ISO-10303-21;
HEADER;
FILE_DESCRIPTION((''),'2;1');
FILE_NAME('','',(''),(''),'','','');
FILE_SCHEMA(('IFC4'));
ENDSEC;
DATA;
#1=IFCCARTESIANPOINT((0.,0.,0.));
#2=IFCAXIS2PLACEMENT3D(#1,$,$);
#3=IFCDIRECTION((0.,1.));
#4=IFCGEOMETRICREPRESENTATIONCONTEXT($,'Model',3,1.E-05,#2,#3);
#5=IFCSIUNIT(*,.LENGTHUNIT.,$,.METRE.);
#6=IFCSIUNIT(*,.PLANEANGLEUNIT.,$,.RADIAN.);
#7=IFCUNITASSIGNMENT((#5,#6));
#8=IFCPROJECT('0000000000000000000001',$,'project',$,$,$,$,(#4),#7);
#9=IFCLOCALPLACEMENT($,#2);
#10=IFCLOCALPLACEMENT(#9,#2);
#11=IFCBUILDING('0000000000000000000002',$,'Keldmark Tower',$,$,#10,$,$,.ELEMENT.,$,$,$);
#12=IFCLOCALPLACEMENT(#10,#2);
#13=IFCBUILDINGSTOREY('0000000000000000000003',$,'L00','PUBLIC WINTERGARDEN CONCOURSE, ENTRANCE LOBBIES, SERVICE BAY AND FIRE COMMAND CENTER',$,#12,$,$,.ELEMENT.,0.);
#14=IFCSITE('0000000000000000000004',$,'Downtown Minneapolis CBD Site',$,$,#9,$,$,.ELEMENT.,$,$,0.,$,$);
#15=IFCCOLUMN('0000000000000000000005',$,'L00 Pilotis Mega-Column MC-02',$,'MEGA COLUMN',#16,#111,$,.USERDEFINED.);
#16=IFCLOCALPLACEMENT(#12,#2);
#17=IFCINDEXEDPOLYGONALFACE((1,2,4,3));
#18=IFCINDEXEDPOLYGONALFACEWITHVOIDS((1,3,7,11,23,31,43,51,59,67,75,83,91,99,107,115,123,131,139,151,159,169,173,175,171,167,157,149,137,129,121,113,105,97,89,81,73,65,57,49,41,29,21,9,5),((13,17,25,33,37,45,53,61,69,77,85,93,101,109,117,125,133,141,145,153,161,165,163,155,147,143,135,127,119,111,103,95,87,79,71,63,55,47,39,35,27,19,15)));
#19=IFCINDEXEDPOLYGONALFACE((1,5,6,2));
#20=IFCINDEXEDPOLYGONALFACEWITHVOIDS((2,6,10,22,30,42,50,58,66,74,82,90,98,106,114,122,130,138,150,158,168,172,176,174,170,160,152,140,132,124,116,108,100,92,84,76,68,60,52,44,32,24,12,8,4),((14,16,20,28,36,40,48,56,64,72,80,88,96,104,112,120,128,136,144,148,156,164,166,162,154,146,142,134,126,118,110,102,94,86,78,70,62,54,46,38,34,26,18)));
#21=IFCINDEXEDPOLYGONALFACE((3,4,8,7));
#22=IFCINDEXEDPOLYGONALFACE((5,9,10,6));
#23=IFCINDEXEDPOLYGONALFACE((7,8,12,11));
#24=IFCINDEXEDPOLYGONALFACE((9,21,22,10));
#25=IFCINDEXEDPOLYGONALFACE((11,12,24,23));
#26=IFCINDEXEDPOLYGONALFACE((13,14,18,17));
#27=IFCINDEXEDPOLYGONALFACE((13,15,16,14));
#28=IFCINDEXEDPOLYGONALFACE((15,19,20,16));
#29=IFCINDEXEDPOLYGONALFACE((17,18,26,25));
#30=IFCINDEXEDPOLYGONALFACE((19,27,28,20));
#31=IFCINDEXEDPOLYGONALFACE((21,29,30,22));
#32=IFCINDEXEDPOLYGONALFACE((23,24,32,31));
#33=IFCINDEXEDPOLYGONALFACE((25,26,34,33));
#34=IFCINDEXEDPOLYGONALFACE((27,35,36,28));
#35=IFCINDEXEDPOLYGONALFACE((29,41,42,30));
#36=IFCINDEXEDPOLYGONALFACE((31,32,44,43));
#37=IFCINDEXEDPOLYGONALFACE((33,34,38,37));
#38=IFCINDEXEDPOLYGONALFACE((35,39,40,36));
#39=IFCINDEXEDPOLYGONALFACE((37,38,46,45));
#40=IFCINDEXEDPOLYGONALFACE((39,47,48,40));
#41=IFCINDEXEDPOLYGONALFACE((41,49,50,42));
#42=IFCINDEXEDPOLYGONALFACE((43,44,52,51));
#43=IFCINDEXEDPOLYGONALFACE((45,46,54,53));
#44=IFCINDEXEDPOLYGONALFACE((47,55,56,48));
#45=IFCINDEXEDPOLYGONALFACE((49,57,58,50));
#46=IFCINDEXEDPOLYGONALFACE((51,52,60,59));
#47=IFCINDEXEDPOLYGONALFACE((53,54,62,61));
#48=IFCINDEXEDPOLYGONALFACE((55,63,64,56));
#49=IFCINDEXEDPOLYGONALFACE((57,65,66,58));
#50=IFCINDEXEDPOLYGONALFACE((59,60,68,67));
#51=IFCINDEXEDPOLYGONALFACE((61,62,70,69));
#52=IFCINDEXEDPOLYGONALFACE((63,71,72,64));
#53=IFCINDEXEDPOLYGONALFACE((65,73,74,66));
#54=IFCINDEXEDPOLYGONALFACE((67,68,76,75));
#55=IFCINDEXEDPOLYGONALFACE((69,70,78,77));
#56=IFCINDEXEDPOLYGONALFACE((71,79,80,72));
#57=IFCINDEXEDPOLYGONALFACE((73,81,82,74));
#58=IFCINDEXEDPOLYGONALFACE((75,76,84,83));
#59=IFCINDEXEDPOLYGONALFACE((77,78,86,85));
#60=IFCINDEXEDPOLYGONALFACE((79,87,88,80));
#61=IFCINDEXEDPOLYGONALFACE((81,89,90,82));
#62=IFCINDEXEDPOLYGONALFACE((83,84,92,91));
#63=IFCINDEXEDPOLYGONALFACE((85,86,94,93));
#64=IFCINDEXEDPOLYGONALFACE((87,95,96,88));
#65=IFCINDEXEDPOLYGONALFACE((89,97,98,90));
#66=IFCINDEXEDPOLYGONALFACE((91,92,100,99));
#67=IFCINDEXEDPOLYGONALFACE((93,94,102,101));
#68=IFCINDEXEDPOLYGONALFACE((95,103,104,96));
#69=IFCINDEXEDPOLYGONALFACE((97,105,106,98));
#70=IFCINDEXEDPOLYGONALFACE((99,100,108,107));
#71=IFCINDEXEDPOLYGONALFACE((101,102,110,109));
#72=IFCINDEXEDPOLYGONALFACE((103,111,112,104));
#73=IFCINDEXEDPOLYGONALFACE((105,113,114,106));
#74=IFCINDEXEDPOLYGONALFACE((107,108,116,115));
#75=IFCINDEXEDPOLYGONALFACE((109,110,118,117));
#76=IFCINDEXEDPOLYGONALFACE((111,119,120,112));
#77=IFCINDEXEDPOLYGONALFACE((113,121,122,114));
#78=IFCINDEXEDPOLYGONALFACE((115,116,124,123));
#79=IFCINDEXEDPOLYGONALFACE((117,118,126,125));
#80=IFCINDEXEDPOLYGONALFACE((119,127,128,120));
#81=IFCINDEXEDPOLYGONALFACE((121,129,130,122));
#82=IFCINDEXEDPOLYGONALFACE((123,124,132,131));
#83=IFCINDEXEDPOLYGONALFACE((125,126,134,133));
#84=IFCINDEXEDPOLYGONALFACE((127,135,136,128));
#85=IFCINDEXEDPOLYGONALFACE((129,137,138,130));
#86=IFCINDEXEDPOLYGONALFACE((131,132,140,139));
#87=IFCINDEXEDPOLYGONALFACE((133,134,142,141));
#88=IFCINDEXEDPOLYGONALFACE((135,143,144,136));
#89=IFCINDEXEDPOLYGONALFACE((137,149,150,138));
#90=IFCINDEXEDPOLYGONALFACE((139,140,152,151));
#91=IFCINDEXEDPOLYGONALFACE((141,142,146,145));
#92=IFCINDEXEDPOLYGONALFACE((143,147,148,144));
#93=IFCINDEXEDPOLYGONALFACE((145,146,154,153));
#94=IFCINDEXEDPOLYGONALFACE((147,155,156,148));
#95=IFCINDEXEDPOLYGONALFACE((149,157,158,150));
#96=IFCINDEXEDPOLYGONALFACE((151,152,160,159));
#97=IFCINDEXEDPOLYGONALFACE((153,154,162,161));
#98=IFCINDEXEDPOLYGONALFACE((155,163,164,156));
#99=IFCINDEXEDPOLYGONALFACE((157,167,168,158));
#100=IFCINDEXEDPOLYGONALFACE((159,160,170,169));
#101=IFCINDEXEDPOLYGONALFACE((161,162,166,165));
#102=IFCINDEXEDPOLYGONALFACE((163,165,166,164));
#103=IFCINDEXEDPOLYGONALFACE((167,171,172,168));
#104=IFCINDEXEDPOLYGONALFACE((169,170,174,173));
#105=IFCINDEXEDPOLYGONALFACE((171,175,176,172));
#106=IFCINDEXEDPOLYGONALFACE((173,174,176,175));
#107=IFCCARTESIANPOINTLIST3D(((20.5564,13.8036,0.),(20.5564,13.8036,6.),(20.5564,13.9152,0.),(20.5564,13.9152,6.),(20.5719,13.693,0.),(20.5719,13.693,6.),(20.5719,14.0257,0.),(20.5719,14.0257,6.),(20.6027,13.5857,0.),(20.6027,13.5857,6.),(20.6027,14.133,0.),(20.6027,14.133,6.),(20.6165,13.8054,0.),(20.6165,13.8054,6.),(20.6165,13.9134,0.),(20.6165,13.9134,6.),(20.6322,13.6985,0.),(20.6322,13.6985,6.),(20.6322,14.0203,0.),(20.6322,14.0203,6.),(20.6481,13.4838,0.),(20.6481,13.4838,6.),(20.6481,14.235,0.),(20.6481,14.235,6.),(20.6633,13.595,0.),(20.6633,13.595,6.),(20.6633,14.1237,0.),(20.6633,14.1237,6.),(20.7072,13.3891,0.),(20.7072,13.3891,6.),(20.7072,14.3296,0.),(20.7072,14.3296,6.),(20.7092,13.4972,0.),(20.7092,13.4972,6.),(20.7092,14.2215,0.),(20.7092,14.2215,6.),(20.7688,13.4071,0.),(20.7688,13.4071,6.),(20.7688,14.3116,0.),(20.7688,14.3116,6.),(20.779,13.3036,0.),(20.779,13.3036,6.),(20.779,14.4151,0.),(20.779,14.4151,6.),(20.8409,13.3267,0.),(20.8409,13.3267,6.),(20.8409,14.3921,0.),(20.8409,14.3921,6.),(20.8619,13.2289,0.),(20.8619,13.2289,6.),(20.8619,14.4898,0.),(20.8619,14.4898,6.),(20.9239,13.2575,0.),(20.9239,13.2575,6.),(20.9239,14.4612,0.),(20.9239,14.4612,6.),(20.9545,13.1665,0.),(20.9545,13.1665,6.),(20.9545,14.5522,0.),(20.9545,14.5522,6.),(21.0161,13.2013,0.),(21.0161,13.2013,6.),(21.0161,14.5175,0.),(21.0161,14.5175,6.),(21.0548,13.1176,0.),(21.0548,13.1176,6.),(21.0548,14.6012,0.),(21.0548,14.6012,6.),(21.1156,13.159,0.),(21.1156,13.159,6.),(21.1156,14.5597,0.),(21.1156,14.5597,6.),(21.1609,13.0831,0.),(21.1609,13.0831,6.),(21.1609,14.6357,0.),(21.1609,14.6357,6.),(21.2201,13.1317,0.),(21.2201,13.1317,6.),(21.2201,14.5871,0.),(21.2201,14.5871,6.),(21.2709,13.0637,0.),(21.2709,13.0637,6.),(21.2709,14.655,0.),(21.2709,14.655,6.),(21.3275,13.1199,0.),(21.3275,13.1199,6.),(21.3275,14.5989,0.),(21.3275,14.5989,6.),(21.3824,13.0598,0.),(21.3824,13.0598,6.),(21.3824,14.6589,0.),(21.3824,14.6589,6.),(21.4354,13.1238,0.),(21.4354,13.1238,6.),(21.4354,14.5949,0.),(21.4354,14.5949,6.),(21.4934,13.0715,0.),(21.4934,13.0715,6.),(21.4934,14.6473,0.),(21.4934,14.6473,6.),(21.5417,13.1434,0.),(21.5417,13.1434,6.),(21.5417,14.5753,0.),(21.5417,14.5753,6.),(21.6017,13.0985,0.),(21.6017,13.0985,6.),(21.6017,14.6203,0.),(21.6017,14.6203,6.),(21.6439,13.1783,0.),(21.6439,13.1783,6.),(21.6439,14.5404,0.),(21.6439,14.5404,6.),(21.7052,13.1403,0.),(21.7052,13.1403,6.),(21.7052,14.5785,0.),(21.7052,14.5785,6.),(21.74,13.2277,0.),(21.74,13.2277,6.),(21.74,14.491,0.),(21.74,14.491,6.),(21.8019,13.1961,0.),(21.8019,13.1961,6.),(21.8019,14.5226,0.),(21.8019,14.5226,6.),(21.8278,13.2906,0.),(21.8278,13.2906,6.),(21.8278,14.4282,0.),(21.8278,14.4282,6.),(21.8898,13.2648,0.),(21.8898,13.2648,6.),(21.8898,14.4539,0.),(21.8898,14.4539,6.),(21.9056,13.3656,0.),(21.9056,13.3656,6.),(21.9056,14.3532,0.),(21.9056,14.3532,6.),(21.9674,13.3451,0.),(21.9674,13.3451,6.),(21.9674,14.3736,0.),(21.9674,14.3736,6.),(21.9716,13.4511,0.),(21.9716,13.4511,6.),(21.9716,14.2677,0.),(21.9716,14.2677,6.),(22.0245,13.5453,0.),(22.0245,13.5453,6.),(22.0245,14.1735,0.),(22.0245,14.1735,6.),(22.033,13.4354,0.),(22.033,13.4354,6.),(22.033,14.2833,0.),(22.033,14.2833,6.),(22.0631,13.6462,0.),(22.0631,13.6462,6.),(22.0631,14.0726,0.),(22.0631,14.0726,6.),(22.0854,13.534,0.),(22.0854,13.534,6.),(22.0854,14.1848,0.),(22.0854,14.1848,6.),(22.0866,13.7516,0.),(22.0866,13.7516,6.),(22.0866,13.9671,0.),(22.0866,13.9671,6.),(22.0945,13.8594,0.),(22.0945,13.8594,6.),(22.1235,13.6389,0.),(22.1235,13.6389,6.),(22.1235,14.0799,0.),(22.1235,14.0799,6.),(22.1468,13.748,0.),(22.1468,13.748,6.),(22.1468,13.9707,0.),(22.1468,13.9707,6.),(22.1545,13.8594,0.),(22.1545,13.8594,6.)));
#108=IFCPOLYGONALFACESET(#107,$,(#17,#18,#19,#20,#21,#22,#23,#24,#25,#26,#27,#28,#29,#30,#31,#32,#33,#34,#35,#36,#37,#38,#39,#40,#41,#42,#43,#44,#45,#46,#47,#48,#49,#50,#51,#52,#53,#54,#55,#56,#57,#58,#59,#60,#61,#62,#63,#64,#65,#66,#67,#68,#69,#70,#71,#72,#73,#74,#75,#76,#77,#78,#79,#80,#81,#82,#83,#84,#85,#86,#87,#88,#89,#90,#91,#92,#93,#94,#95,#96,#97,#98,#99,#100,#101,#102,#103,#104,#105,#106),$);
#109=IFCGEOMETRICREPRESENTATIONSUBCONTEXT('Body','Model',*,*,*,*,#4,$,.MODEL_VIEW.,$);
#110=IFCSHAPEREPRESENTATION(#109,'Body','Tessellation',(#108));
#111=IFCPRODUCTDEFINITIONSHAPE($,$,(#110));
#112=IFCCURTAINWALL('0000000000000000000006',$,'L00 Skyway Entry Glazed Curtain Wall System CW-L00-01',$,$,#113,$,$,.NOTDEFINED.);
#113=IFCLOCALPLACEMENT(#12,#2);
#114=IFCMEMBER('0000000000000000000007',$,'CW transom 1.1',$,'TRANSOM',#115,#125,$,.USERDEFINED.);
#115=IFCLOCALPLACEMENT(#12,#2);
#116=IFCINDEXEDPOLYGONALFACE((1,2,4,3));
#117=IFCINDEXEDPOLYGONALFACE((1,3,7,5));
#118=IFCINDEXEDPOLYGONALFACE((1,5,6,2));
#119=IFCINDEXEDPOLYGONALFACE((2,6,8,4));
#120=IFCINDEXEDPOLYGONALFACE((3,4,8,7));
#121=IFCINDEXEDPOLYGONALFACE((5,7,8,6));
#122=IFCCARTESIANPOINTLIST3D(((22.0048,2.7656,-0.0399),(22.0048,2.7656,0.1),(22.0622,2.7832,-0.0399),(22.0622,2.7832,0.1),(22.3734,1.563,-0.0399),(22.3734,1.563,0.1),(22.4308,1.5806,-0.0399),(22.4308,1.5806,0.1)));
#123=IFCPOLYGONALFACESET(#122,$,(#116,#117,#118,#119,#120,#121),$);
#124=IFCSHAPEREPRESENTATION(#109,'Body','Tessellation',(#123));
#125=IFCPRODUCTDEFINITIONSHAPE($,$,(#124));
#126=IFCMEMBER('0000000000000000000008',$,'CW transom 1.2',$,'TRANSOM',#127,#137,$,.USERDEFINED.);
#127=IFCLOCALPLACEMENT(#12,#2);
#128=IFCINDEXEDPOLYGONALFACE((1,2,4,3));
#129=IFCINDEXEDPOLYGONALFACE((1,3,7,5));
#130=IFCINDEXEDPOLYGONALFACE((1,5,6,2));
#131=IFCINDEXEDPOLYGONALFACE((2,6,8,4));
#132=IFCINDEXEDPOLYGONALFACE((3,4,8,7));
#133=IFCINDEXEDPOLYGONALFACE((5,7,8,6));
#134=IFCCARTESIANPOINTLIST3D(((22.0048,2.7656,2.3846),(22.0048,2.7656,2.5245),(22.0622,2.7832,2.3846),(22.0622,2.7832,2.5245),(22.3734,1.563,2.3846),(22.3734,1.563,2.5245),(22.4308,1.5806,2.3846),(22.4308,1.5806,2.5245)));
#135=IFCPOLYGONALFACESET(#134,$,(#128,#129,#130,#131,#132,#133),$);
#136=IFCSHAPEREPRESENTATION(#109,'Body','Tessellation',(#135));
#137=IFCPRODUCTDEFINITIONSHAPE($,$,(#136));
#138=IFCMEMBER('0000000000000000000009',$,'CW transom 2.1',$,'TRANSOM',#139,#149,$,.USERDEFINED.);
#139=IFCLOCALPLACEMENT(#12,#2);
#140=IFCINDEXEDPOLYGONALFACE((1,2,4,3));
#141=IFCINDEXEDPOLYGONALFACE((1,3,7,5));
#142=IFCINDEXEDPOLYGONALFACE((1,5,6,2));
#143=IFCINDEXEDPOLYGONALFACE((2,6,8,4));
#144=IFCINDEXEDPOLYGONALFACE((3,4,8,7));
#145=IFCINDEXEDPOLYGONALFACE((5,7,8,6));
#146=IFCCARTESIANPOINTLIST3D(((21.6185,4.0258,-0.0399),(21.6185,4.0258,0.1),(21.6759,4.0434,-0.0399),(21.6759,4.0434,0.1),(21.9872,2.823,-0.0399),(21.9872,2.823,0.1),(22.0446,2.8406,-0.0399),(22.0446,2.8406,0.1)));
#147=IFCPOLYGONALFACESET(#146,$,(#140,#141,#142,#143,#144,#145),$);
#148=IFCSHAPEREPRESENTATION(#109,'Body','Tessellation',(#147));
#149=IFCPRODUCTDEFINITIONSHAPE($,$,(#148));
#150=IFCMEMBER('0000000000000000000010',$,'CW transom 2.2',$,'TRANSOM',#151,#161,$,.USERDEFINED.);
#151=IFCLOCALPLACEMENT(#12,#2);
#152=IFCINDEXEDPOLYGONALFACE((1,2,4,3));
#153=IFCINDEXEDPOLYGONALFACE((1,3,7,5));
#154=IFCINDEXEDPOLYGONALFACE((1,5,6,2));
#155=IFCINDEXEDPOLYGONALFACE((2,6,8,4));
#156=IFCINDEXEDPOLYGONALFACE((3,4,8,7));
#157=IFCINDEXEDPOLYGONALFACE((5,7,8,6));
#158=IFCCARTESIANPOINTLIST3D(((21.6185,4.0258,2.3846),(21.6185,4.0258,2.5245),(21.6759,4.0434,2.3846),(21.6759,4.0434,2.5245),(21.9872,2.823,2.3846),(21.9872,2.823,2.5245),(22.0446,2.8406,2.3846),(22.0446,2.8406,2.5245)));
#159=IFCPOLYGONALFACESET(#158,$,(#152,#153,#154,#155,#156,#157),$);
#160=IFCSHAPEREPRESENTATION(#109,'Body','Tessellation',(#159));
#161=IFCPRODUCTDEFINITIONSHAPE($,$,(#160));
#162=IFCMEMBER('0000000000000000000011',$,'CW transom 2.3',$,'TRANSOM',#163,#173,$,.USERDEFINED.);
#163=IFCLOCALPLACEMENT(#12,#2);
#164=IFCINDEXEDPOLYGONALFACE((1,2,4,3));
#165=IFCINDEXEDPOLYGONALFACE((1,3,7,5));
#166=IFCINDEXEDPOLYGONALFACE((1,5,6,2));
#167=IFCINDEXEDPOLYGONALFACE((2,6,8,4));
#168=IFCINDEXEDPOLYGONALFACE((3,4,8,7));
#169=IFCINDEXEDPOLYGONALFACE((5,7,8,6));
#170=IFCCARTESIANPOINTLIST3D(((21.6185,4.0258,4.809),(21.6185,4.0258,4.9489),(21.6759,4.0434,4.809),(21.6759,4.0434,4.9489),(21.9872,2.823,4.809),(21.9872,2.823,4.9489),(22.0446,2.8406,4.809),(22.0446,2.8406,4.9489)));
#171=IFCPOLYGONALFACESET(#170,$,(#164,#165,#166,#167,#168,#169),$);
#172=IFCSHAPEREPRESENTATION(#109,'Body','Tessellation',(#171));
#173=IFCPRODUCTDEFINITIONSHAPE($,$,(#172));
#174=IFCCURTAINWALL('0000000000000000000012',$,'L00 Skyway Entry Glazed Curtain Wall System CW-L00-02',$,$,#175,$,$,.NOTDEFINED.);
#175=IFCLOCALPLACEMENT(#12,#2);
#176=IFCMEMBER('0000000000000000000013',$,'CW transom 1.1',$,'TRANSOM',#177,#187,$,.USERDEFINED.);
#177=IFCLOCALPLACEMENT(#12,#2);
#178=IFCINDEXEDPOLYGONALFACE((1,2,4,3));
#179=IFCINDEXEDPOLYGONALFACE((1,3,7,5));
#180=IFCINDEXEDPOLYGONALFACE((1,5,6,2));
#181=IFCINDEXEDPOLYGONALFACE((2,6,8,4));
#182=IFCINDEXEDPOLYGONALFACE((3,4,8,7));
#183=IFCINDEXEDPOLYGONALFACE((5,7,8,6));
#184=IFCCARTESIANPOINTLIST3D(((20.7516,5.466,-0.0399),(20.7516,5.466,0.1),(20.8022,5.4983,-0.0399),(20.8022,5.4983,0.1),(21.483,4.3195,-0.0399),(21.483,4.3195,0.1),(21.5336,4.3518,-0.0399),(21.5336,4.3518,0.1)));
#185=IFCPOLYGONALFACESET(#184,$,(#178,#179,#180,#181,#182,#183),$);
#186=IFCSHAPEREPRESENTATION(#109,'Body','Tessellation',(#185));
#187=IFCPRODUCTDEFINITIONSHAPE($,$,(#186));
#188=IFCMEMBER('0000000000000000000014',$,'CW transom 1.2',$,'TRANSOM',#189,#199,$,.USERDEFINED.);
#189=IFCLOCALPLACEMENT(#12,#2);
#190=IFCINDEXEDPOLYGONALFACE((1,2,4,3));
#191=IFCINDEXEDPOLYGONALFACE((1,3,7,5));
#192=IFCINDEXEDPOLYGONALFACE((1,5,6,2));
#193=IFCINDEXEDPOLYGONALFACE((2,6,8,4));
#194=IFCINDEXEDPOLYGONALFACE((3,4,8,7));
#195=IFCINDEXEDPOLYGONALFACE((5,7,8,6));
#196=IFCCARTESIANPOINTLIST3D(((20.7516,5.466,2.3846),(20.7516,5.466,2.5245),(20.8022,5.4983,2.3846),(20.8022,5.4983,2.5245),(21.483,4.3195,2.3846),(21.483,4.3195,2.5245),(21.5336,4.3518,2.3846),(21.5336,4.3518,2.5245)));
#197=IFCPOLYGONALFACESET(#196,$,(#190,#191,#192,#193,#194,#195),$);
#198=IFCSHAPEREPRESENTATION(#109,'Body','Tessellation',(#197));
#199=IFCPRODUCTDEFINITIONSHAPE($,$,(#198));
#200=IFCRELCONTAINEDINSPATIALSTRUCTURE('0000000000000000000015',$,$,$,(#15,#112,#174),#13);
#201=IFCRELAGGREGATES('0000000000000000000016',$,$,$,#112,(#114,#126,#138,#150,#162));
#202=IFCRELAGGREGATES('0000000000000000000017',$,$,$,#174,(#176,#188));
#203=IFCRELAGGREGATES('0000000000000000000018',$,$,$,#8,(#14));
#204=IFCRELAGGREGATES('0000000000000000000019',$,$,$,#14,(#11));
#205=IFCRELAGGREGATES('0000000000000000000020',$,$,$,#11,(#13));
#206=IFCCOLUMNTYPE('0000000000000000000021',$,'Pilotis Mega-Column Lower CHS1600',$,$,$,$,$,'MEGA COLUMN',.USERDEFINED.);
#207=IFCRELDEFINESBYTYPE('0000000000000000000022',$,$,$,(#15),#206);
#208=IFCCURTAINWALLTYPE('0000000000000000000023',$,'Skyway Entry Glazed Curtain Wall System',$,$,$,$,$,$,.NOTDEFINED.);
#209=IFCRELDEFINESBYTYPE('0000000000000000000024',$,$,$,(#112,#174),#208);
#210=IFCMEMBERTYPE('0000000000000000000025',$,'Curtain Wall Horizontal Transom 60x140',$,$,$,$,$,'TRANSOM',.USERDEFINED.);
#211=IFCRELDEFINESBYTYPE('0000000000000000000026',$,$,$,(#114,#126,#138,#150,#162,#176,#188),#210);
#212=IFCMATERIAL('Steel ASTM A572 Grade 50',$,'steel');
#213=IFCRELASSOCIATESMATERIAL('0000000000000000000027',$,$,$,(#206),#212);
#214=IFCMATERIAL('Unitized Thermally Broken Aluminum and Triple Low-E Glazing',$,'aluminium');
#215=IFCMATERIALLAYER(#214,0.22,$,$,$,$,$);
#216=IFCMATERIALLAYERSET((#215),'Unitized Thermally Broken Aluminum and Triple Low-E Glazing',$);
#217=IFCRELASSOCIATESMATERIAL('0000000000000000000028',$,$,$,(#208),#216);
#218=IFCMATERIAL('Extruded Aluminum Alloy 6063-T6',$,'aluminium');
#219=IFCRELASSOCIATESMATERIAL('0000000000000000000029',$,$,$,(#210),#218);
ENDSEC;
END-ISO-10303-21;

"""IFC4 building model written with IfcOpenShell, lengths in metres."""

from ifc_helpers import new_model, si_unit, direction, frame, origin, origin_2d, place, context, subcontext, project, spatial, rectangle, hollow_circle, extrude, material, layer, layer_set, material_profile, profile_set, type_object, element, aggregate, save


model = new_model("IFC4")

# Units and contexts
model_context = context("Model", 3, precision=1e-05, world=origin(), true_north=direction((0.0, 1.0)))
body_context = subcontext(model_context, "Body", "Model", "MODEL_VIEW")
ifc_project = project(units=[si_unit("LENGTHUNIT", "METRE"), si_unit("PLANEANGLEUNIT", "RADIAN")], contexts=[model_context])

# Site, building, storey
site_placement = place(None, origin())
site = spatial("IfcSite", under=ifc_project, at=site_placement, Name="Downtown Minneapolis CBD Site", CompositionType="ELEMENT", RefElevation=0.0)
building_placement = place(site_placement, origin())
building = spatial("IfcBuilding", under=site, at=building_placement, Name="Keldmark Tower", CompositionType="ELEMENT")
storey_placement = place(building_placement, origin())
storey = spatial("IfcBuildingStorey", under=building, at=storey_placement, Name="L00", Description="PUBLIC WINTERGARDEN CONCOURSE, ENTRANCE LOBBIES, SERVICE BAY AND FIRE COMMAND CENTER", CompositionType="ELEMENT", Elevation=0.0)

# Column
ifc_material_1 = material(Name="Steel ASTM A572 Grade 50", Category="steel")
ifc_material_profile_1 = material_profile(ifc_material_1, hollow_circle(Radius=0.8, WallThickness=0.0601, at=origin_2d()), Name="CHS1600X60")
ifc_profile_set_1 = profile_set([ifc_material_profile_1], Name="Steel ASTM A572 Grade 50")
column_type = type_object("IfcColumnType", Name="Pilotis Mega-Column Lower CHS1600", ElementType="MEGA COLUMN", PredefinedType="USERDEFINED", material=ifc_profile_set_1)
column_placement = place(storey_placement, frame((21.3545, 13.8594, 0.0), z_axis=(0.0, 0.0, 1.0), x_axis=(1.0, 0.0, 0.0)))
element("IfcColumn", 1, at=column_placement, inside=storey, type_object=column_type, Name="L00 Pilotis Mega-Column MC-02", ObjectType="MEGA COLUMN", PredefinedType="USERDEFINED", context=body_context, shape_type="SweptSolid", body=[
    extrude(hollow_circle(Radius=0.8, WallThickness=0.0601, at=origin_2d()), origin(), (0.0, 0.0, 1.0), 6.0),
])

# Curtain walls, members
ifc_material_2 = material(Name="Unitized Thermally Broken Aluminum and Triple Low-E Glazing", Category="aluminium")
ifc_layer_1 = layer(ifc_material_2, 0.22)
ifc_layer_set_1 = layer_set([ifc_layer_1], Name="Unitized Thermally Broken Aluminum and Triple Low-E Glazing")
curtain_wall_type = type_object("IfcCurtainWallType", Name="Skyway Entry Glazed Curtain Wall System", PredefinedType="NOTDEFINED", material=ifc_layer_set_1)
curtain_wall_1_placement = place(storey_placement, origin())
curtain_wall_1 = element("IfcCurtainWall", 2, at=curtain_wall_1_placement, inside=storey, type_object=curtain_wall_type, Name="L00 Skyway Entry Glazed Curtain Wall System CW-L00-01", PredefinedType="NOTDEFINED")
ifc_material_3 = material(Name="Extruded Aluminum Alloy 6063-T6", Category="aluminium")
ifc_material_profile_2 = material_profile(ifc_material_3, rectangle(XDim=0.0601, YDim=0.1399, at=origin_2d()), Name="CWT60X140")
ifc_profile_set_2 = profile_set([ifc_material_profile_2], Name="Extruded Aluminum Alloy 6063-T6")
member_type_1 = type_object("IfcMemberType", Name="Curtain Wall Horizontal Transom 60x140", ElementType="TRANSOM", PredefinedType="USERDEFINED", material=ifc_profile_set_2)
member_1_placement = place(storey_placement, frame((22.4021, 1.5718, 0.03), z_axis=(-0.293076, 0.956089, 0.0), x_axis=(-0.956089, -0.293076, 0.0)))
member_1 = element("IfcMember", 3, at=member_1_placement, type_object=member_type_1, Name="CW transom 1.1", ObjectType="TRANSOM", PredefinedType="USERDEFINED", context=body_context, shape_type="SweptSolid", body=[
    extrude(rectangle(XDim=0.0601, YDim=0.1399, at=origin_2d()), origin(), (0.0, 0.0, 1.0), 1.2578),
])
member_2_placement = place(storey_placement, frame((22.4021, 1.5718, 2.4546), z_axis=(-0.293076, 0.956089, 0.0), x_axis=(-0.956089, -0.293076, 0.0)))
member_2 = element("IfcMember", 4, at=member_2_placement, type_object=member_type_1, Name="CW transom 1.2", ObjectType="TRANSOM", PredefinedType="USERDEFINED", context=body_context, shape_type="SweptSolid", body=[
    extrude(rectangle(XDim=0.0601, YDim=0.1399, at=origin_2d()), origin(), (0.0, 0.0, 1.0), 1.2578),
])
member_3_placement = place(storey_placement, frame((22.0159, 2.8318, 0.03), z_axis=(-0.293022, 0.956106, 0.0), x_axis=(-0.956106, -0.293022, 0.0)))
member_3 = element("IfcMember", 5, at=member_3_placement, type_object=member_type_1, Name="CW transom 2.1", ObjectType="TRANSOM", PredefinedType="USERDEFINED", context=body_context, shape_type="SweptSolid", body=[
    extrude(rectangle(XDim=0.0601, YDim=0.1399, at=origin_2d()), origin(), (0.0, 0.0, 1.0), 1.2581),
])
member_4_placement = place(storey_placement, frame((22.0159, 2.8318, 2.4546), z_axis=(-0.293022, 0.956106, 0.0), x_axis=(-0.956106, -0.293022, 0.0)))
member_4 = element("IfcMember", 6, at=member_4_placement, type_object=member_type_1, Name="CW transom 2.2", ObjectType="TRANSOM", PredefinedType="USERDEFINED", context=body_context, shape_type="SweptSolid", body=[
    extrude(rectangle(XDim=0.0601, YDim=0.1399, at=origin_2d()), origin(), (0.0, 0.0, 1.0), 1.2581),
])
member_5_placement = place(storey_placement, frame((22.0159, 2.8318, 4.8789), z_axis=(-0.293022, 0.956106, 0.0), x_axis=(-0.956106, -0.293022, 0.0)))
member_5 = element("IfcMember", 7, at=member_5_placement, type_object=member_type_1, Name="CW transom 2.3", ObjectType="TRANSOM", PredefinedType="USERDEFINED", context=body_context, shape_type="SweptSolid", body=[
    extrude(rectangle(XDim=0.0601, YDim=0.1399, at=origin_2d()), origin(), (0.0, 0.0, 1.0), 1.2581),
])
curtain_wall_2_placement = place(storey_placement, origin())
curtain_wall_2 = element("IfcCurtainWall", 8, at=curtain_wall_2_placement, inside=storey, type_object=curtain_wall_type, Name="L00 Skyway Entry Glazed Curtain Wall System CW-L00-02", PredefinedType="NOTDEFINED")
member_6_placement = place(storey_placement, frame((21.5083, 4.3357, 0.03), z_axis=(-0.537851, 0.84304, 0.0), x_axis=(-0.84304, -0.537851, 0.0)))
member_6 = element("IfcMember", 9, at=member_6_placement, type_object=member_type_1, Name="CW transom 1.1", ObjectType="TRANSOM", PredefinedType="USERDEFINED", context=body_context, shape_type="SweptSolid", body=[
    extrude(rectangle(XDim=0.0601, YDim=0.1399, at=origin_2d()), origin(), (0.0, 0.0, 1.0), 1.3599),
])
member_7_placement = place(storey_placement, frame((21.5083, 4.3357, 2.4546), z_axis=(-0.537851, 0.84304, 0.0), x_axis=(-0.84304, -0.537851, 0.0)))
member_7 = element("IfcMember", 10, at=member_7_placement, type_object=member_type_1, Name="CW transom 1.2", ObjectType="TRANSOM", PredefinedType="USERDEFINED", context=body_context, shape_type="SweptSolid", body=[
    extrude(rectangle(XDim=0.0601, YDim=0.1399, at=origin_2d()), origin(), (0.0, 0.0, 1.0), 1.3599),
])

aggregate(curtain_wall_1, [member_1, member_2, member_3, member_4, member_5])
aggregate(curtain_wall_2, [member_6, member_7])

save(model, "model.ifc")
